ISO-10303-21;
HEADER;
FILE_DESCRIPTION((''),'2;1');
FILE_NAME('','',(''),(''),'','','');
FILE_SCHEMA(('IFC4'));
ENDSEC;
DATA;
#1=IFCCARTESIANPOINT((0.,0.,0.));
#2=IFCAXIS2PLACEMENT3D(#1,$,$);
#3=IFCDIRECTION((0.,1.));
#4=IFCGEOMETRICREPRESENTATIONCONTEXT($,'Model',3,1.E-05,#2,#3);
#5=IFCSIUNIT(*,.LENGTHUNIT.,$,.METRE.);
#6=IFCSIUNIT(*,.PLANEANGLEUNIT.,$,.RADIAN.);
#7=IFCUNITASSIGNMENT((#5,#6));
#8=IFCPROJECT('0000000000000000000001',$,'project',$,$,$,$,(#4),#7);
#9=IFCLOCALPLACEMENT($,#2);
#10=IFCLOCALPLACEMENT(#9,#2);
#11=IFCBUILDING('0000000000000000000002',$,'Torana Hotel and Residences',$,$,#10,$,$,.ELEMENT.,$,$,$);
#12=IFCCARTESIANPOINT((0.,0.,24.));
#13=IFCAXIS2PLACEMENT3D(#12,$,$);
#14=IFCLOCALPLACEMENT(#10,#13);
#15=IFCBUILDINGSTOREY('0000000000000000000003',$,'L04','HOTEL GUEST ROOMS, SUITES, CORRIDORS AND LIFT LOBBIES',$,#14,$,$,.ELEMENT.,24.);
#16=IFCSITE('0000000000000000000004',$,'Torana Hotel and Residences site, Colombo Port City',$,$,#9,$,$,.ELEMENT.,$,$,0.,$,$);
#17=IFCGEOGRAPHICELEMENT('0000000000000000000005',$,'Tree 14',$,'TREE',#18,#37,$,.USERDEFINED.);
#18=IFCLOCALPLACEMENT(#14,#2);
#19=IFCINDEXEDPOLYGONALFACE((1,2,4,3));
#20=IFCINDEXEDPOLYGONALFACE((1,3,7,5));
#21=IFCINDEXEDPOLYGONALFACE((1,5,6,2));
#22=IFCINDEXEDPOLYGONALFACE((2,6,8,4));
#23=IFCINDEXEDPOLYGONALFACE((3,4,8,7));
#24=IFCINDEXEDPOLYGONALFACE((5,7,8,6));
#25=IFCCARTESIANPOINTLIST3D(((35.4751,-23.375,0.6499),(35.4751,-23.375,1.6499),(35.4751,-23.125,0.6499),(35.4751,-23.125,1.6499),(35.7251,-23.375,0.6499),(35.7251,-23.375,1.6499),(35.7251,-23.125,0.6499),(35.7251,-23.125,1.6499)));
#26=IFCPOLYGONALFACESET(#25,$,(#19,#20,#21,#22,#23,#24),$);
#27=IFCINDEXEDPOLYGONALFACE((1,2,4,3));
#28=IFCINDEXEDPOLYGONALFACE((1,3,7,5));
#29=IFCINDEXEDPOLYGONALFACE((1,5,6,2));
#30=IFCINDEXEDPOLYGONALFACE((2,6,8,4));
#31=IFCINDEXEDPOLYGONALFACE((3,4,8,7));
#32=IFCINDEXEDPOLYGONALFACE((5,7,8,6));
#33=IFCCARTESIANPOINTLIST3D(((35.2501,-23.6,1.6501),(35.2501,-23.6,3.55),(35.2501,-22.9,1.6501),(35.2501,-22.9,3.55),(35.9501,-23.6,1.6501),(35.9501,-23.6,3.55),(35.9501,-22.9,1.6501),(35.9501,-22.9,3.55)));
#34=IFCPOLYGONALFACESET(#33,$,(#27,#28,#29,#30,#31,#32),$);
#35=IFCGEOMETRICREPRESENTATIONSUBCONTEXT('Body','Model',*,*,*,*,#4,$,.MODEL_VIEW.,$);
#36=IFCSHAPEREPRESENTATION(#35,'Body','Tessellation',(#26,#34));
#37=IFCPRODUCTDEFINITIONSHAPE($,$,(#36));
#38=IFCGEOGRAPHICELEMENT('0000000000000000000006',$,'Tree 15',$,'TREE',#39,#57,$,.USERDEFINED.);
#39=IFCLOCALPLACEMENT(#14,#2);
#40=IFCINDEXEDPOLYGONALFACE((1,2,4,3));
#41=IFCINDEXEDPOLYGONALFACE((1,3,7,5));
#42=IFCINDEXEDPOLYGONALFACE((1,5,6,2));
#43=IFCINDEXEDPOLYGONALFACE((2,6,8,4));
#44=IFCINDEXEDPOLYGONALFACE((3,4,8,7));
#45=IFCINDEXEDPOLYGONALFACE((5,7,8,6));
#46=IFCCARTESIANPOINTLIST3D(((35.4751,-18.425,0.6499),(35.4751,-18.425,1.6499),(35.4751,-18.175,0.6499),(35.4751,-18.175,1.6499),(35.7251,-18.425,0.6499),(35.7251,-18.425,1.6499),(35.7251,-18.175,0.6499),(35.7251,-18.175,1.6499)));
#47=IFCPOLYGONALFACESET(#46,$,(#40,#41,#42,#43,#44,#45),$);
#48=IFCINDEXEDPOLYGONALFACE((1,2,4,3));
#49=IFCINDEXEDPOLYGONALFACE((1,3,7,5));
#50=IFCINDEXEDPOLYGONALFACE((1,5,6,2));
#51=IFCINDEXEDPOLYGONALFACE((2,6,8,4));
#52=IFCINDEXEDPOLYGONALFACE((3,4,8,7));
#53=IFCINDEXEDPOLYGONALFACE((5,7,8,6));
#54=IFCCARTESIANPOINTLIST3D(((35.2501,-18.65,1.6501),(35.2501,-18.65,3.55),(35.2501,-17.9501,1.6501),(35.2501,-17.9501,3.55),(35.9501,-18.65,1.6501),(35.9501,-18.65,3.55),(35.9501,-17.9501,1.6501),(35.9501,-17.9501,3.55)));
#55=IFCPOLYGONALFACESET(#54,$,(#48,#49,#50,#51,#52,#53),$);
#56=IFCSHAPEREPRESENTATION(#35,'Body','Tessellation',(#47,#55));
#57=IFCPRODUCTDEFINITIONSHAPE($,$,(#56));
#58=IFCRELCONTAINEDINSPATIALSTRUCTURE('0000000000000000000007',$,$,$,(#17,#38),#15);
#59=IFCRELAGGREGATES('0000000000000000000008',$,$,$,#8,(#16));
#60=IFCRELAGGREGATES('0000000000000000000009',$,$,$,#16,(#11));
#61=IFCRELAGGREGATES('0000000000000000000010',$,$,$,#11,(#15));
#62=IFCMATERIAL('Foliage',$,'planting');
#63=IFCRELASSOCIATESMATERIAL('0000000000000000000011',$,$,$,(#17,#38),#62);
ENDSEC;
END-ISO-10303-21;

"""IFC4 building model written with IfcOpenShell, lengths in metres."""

from ifc_helpers import new_model, si_unit, direction, frame, origin, origin_2d, place, context, subcontext, project, spatial, rectangle, extrude, material, element, save


model = new_model("IFC4")

# Units and contexts
model_context = context("Model", 3, precision=1e-05, world=origin(), true_north=direction((0.0, 1.0)))
body_context = subcontext(model_context, "Body", "Model", "MODEL_VIEW")
ifc_project = project(units=[si_unit("LENGTHUNIT", "METRE"), si_unit("PLANEANGLEUNIT", "RADIAN")], contexts=[model_context])

# Site, building, storey
site_placement = place(None, origin())
site = spatial("IfcSite", under=ifc_project, at=site_placement, Name="Torana Hotel and Residences site, Colombo Port City", CompositionType="ELEMENT", RefElevation=0.0)
building_placement = place(site_placement, origin())
building = spatial("IfcBuilding", under=site, at=building_placement, Name="Torana Hotel and Residences", CompositionType="ELEMENT")
storey_placement = place(building_placement, frame((0.0, 0.0, 24.0)))
storey = spatial("IfcBuildingStorey", under=building, at=storey_placement, Name="L04", Description="HOTEL GUEST ROOMS, SUITES, CORRIDORS AND LIFT LOBBIES", CompositionType="ELEMENT", Elevation=24.0)

# Geographic elements
ifc_material_1 = material(Name="Foliage", Category="planting")
for number, where, z_axis, x_axis, name in (
    (1, (35.6001, -23.25, 0.6499), (0.0, 0.0, 1.0), (1.0, 0.0, 0.0), "Tree 14"),
    (2, (35.6001, -18.3, 0.6499), (0.0, 0.0, 1.0), (1.0, 0.0, 0.0), "Tree 15"),
):
    element("IfcGeographicElement", number, at=place(storey_placement, frame(where, z_axis=z_axis, x_axis=x_axis)), inside=storey, material=ifc_material_1, Name=name, ObjectType="TREE", PredefinedType="USERDEFINED", context=body_context, shape_type="SweptSolid", body=[
        extrude(rectangle(XDim=0.25, YDim=0.25, at=origin_2d()), origin(), (0.0, 0.0, 1.0), 1.0),
        extrude(rectangle(XDim=0.7, YDim=0.7, at=origin_2d()), frame((0.0, 0.0, 1.0002)), (0.0, 0.0, 1.0), 1.8999),
    ])

save(model, "model.ifc")
